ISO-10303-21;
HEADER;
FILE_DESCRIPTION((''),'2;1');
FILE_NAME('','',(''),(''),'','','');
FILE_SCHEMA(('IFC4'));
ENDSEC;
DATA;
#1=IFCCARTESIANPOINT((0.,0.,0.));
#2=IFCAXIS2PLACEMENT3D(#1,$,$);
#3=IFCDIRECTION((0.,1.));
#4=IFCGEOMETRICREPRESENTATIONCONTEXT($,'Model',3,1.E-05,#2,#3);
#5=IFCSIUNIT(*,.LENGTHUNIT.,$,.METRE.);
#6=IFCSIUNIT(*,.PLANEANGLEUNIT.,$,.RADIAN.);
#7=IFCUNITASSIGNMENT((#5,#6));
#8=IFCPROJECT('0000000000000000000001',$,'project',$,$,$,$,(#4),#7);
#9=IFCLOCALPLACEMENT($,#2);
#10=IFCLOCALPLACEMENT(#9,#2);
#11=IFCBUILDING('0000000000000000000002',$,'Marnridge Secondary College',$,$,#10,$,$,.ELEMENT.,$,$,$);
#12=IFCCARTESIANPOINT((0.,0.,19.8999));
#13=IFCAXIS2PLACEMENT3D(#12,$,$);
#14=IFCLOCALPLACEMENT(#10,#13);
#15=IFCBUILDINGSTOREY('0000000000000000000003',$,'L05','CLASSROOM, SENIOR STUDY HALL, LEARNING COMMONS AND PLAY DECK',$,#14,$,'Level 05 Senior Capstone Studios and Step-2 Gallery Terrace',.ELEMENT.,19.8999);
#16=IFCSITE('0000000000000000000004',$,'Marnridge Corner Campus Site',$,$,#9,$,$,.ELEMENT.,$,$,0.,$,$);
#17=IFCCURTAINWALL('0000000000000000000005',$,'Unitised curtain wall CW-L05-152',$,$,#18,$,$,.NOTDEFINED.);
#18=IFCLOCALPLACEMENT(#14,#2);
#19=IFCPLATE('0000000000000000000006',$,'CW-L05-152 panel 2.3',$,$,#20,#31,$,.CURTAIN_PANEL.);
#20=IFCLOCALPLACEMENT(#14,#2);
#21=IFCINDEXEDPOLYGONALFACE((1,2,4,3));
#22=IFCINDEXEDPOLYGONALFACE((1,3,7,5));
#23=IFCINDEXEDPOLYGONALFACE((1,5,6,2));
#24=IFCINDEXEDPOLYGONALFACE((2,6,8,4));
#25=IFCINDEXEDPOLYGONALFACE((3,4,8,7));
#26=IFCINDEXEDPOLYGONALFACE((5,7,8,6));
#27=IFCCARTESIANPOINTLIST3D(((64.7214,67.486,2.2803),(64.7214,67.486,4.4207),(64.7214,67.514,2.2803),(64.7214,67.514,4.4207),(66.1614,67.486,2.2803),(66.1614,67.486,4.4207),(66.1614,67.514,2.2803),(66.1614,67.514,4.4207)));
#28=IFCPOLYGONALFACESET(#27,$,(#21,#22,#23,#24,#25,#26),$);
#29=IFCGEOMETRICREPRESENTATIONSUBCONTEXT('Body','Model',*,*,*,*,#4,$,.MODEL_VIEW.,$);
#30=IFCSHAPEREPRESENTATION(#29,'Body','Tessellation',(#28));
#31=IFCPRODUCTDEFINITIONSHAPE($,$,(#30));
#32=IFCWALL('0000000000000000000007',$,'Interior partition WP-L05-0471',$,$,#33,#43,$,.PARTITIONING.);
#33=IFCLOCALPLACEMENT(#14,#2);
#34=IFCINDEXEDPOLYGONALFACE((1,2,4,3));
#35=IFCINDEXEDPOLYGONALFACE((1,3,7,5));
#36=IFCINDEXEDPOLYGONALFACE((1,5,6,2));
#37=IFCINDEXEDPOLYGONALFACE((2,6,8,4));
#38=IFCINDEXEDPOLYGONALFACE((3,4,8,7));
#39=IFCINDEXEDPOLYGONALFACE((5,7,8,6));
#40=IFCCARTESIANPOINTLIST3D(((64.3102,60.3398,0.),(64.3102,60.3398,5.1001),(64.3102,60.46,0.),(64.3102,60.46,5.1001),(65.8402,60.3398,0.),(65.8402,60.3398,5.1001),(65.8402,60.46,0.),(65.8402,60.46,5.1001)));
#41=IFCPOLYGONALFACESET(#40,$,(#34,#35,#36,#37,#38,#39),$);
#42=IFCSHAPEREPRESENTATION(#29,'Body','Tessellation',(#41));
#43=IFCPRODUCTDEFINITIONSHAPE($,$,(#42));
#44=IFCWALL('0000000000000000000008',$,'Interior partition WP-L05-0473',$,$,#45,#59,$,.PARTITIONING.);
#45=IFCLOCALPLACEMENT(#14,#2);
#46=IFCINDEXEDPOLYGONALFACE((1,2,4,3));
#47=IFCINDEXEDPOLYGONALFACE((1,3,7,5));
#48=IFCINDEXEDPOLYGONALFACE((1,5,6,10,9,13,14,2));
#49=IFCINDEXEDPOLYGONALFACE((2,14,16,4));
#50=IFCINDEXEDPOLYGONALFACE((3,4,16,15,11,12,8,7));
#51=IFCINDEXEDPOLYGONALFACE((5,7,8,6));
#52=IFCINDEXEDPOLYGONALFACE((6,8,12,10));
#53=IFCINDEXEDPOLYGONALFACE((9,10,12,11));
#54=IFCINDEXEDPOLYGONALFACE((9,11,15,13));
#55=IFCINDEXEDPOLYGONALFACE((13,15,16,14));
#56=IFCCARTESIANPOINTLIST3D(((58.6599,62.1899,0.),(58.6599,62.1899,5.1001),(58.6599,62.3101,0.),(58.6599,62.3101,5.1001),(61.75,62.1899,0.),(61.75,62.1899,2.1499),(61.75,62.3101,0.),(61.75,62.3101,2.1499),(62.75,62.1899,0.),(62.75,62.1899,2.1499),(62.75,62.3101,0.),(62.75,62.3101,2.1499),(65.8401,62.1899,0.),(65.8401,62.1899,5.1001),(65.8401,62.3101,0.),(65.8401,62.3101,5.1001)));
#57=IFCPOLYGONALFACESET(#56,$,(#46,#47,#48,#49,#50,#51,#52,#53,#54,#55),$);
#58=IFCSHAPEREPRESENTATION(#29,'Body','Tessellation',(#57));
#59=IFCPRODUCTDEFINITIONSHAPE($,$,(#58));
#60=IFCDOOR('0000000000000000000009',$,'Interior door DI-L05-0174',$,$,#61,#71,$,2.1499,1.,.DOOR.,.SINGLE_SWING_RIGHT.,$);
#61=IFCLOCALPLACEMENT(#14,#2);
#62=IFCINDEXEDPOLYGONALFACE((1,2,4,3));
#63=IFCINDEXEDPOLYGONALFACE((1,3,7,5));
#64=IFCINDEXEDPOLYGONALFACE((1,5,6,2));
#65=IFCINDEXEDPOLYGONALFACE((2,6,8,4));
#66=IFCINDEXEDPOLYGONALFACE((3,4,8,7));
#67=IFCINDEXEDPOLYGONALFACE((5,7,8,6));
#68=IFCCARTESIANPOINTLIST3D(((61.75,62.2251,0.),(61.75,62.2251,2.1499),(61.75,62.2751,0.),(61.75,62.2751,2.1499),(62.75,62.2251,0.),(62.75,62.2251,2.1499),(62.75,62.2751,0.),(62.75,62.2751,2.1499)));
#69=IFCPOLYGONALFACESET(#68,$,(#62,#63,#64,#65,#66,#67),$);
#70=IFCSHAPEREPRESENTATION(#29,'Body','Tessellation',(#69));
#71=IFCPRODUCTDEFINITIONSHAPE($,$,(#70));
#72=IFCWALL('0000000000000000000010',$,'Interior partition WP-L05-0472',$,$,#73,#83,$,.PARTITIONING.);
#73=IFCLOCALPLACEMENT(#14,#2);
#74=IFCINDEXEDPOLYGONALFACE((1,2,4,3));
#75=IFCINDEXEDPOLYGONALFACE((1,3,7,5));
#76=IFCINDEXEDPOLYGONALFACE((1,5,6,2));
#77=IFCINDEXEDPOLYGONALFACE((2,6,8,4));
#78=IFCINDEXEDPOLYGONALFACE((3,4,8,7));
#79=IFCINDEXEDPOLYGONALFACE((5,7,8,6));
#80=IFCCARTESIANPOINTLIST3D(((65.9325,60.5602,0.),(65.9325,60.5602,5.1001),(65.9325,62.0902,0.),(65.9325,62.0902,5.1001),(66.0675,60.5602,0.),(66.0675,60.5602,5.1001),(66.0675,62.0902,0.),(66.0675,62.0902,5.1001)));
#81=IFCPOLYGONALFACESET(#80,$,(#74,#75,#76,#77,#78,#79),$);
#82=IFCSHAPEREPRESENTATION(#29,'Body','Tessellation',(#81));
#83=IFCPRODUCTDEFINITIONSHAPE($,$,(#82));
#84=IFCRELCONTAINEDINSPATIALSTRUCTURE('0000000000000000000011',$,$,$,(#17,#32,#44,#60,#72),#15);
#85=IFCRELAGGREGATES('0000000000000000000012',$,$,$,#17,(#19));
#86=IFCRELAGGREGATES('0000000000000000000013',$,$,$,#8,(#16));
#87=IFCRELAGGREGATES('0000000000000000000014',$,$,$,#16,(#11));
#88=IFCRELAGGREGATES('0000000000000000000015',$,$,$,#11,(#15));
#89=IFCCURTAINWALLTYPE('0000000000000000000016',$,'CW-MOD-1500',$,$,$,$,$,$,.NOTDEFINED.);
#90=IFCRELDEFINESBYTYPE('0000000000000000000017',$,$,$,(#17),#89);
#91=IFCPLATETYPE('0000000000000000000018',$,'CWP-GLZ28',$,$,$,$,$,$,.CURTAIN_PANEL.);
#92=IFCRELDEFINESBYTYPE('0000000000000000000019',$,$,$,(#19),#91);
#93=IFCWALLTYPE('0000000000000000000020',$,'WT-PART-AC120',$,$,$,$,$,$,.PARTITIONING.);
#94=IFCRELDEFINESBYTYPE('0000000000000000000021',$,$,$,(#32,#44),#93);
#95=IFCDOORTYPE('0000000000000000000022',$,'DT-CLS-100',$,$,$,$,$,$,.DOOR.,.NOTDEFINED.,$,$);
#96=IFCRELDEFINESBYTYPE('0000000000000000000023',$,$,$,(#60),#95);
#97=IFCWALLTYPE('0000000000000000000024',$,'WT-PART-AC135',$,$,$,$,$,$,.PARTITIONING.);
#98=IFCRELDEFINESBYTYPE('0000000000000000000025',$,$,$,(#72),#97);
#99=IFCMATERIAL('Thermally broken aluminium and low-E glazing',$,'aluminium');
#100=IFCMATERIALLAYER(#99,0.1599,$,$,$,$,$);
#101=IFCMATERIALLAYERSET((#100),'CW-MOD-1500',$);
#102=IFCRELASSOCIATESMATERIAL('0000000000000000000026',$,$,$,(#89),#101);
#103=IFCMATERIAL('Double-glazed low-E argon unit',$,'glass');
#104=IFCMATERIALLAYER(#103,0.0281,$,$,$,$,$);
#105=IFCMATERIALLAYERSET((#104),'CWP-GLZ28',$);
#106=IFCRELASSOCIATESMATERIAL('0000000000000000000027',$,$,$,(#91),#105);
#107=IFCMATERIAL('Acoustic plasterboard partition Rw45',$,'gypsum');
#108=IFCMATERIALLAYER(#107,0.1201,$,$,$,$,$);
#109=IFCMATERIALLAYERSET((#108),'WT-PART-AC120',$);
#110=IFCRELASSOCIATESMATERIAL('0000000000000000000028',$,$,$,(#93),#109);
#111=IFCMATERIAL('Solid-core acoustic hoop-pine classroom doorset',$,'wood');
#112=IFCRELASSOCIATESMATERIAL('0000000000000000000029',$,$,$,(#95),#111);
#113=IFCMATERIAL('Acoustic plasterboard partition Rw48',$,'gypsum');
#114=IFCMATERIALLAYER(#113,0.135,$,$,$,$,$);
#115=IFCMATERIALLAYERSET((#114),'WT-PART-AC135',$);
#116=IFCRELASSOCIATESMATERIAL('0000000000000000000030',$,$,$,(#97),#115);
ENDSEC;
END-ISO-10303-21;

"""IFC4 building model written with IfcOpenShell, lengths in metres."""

from ifc_helpers import new_model, si_unit, direction, frame, frame_2d, origin, origin_2d, place, context, subcontext, project, spatial, rectangle, extrude, material, layer, layer_set, type_object, element, fill, aggregate, save


model = new_model("IFC4")

# Units and contexts
model_context = context("Model", 3, precision=1e-05, world=origin(), true_north=direction((0.0, 1.0)))
body_context = subcontext(model_context, "Body", "Model", "MODEL_VIEW")
ifc_project = project(units=[si_unit("LENGTHUNIT", "METRE"), si_unit("PLANEANGLEUNIT", "RADIAN")], contexts=[model_context])

# Site, building, storey
site_placement = place(None, origin())
site = spatial("IfcSite", under=ifc_project, at=site_placement, Name="Marnridge Corner Campus Site", CompositionType="ELEMENT", RefElevation=0.0)
building_placement = place(site_placement, origin())
building = spatial("IfcBuilding", under=site, at=building_placement, Name="Marnridge Secondary College", CompositionType="ELEMENT")
storey_placement = place(building_placement, frame((0.0, 0.0, 19.8999)))
storey = spatial("IfcBuildingStorey", under=building, at=storey_placement, Name="L05", Description="CLASSROOM, SENIOR STUDY HALL, LEARNING COMMONS AND PLAY DECK", LongName="Level 05 Senior Capstone Studios and Step-2 Gallery Terrace", CompositionType="ELEMENT", Elevation=19.8999)

# Curtain wall, plate
ifc_material_1 = material(Name="Thermally broken aluminium and low-E glazing", Category="aluminium")
ifc_layer_1 = layer(ifc_material_1, 0.1599)
ifc_layer_set_1 = layer_set([ifc_layer_1], Name="CW-MOD-1500")
curtain_wall_type = type_object("IfcCurtainWallType", Name="CW-MOD-1500", PredefinedType="NOTDEFINED", material=ifc_layer_set_1)
curtain_wall_placement = place(storey_placement, origin())
curtain_wall = element("IfcCurtainWall", 1, at=curtain_wall_placement, inside=storey, type_object=curtain_wall_type, Name="Unitised curtain wall CW-L05-152", PredefinedType="NOTDEFINED")
ifc_material_2 = material(Name="Double-glazed low-E argon unit", Category="glass")
ifc_layer_2 = layer(ifc_material_2, 0.0281)
ifc_layer_set_2 = layer_set([ifc_layer_2], Name="CWP-GLZ28")
plate_type = type_object("IfcPlateType", Name="CWP-GLZ28", PredefinedType="CURTAIN_PANEL", material=ifc_layer_set_2)
plate_1_placement = place(storey_placement, frame((65.4414, 67.5, 2.2803), z_axis=(0.0, 0.0, 1.0), x_axis=(1.0, 0.0, 0.0)))
plate_1 = element("IfcPlate", 2, at=plate_1_placement, type_object=plate_type, Name="CW-L05-152 panel 2.3", PredefinedType="CURTAIN_PANEL", context=body_context, shape_type="SweptSolid", body=[
    extrude(rectangle(XDim=1.4399, YDim=0.0281, at=origin_2d()), origin(), (0.0, 0.0, 1.0), 2.1404),
])
aggregate(curtain_wall, [plate_1])

# Wall
ifc_material_3 = material(Name="Acoustic plasterboard partition Rw45", Category="gypsum")
ifc_layer_3 = layer(ifc_material_3, 0.1201)
ifc_layer_set_3 = layer_set([ifc_layer_3], Name="WT-PART-AC120")
wall_type_1 = type_object("IfcWallType", Name="WT-PART-AC120", PredefinedType="PARTITIONING", material=ifc_layer_set_3)
wall_1_placement = place(storey_placement, frame((64.3101, 60.3999, 0.0), z_axis=(0.0, 0.0, 1.0), x_axis=(1.0, 0.0, 0.0)))
element("IfcWall", 3, at=wall_1_placement, inside=storey, type_object=wall_type_1, Name="Interior partition WP-L05-0471", PredefinedType="PARTITIONING", context=body_context, shape_type="SweptSolid", body=[
    extrude(rectangle(XDim=1.53, YDim=0.1201, at=frame_2d((0.7651, 0.0))), origin(), (0.0, 0.0, 1.0), 5.1001),
])

# Wall, opening, door
wall_2_placement = place(storey_placement, frame((65.8401, 62.25, 0.0), z_axis=(0.0, 0.0, 1.0), x_axis=(-1.0, 0.0, 0.0)))
wall_2 = element("IfcWall", 4, at=wall_2_placement, inside=storey, type_object=wall_type_1, Name="Interior partition WP-L05-0473", PredefinedType="PARTITIONING", context=body_context, shape_type="SweptSolid", body=[
    extrude(rectangle(XDim=7.1802, YDim=0.1201, at=frame_2d((3.5901, 0.0))), origin(), (0.0, 0.0, 1.0), 5.1001),
])
opening_placement = place(wall_2_placement, frame((3.0901, 0.0, 0.0)))
opening = element("IfcOpeningElement", 5, at=opening_placement, cuts=wall_2, PredefinedType="OPENING", context=body_context, shape_type="SweptSolid", body=[
    extrude(rectangle(XDim=1.0, YDim=2.1499, at=frame_2d((0.5, 1.075))), frame((0.0, 0.0701, 0.0), z_axis=(0.0, -1.0, 0.0), x_axis=(1.0, 0.0, 0.0)), (0.0, 0.0, 1.0), 0.1401),
])
ifc_material_4 = material(Name="Solid-core acoustic hoop-pine classroom doorset", Category="wood")
door_type = type_object("IfcDoorType", Name="DT-CLS-100", OperationType="NOTDEFINED", PredefinedType="DOOR", material=ifc_material_4)
door_placement = place(opening_placement, origin())
door = element("IfcDoor", 6, at=door_placement, inside=storey, type_object=door_type, Name="Interior door DI-L05-0174", OperationType="SINGLE_SWING_RIGHT", OverallHeight=2.1499, OverallWidth=1.0, PredefinedType="DOOR", context=body_context, shape_type="SweptSolid", body=[
    extrude(rectangle(XDim=1.0, YDim=2.1499, at=frame_2d((0.5, 1.075))), frame((0.0, 0.0249, 0.0), z_axis=(0.0, -1.0, 0.0), x_axis=(1.0, 0.0, 0.0)), (0.0, 0.0, 1.0), 0.05),
])
fill(opening, door)

# Wall
ifc_material_5 = material(Name="Acoustic plasterboard partition Rw48", Category="gypsum")
ifc_layer_4 = layer(ifc_material_5, 0.135)
ifc_layer_set_4 = layer_set([ifc_layer_4], Name="WT-PART-AC135")
wall_type_2 = type_object("IfcWallType", Name="WT-PART-AC135", PredefinedType="PARTITIONING", material=ifc_layer_set_4)
wall_3_placement = place(storey_placement, frame((66.0, 60.5601, 0.0), z_axis=(0.0, 0.0, 1.0), x_axis=(0.0, 1.0, 0.0)))
element("IfcWall", 7, at=wall_3_placement, inside=storey, type_object=wall_type_2, Name="Interior partition WP-L05-0472", PredefinedType="PARTITIONING", context=body_context, shape_type="SweptSolid", body=[
    extrude(rectangle(XDim=1.53, YDim=0.135, at=frame_2d((0.7651, 0.0))), origin(), (0.0, 0.0, 1.0), 5.1001),
])

save(model, "model.ifc")
